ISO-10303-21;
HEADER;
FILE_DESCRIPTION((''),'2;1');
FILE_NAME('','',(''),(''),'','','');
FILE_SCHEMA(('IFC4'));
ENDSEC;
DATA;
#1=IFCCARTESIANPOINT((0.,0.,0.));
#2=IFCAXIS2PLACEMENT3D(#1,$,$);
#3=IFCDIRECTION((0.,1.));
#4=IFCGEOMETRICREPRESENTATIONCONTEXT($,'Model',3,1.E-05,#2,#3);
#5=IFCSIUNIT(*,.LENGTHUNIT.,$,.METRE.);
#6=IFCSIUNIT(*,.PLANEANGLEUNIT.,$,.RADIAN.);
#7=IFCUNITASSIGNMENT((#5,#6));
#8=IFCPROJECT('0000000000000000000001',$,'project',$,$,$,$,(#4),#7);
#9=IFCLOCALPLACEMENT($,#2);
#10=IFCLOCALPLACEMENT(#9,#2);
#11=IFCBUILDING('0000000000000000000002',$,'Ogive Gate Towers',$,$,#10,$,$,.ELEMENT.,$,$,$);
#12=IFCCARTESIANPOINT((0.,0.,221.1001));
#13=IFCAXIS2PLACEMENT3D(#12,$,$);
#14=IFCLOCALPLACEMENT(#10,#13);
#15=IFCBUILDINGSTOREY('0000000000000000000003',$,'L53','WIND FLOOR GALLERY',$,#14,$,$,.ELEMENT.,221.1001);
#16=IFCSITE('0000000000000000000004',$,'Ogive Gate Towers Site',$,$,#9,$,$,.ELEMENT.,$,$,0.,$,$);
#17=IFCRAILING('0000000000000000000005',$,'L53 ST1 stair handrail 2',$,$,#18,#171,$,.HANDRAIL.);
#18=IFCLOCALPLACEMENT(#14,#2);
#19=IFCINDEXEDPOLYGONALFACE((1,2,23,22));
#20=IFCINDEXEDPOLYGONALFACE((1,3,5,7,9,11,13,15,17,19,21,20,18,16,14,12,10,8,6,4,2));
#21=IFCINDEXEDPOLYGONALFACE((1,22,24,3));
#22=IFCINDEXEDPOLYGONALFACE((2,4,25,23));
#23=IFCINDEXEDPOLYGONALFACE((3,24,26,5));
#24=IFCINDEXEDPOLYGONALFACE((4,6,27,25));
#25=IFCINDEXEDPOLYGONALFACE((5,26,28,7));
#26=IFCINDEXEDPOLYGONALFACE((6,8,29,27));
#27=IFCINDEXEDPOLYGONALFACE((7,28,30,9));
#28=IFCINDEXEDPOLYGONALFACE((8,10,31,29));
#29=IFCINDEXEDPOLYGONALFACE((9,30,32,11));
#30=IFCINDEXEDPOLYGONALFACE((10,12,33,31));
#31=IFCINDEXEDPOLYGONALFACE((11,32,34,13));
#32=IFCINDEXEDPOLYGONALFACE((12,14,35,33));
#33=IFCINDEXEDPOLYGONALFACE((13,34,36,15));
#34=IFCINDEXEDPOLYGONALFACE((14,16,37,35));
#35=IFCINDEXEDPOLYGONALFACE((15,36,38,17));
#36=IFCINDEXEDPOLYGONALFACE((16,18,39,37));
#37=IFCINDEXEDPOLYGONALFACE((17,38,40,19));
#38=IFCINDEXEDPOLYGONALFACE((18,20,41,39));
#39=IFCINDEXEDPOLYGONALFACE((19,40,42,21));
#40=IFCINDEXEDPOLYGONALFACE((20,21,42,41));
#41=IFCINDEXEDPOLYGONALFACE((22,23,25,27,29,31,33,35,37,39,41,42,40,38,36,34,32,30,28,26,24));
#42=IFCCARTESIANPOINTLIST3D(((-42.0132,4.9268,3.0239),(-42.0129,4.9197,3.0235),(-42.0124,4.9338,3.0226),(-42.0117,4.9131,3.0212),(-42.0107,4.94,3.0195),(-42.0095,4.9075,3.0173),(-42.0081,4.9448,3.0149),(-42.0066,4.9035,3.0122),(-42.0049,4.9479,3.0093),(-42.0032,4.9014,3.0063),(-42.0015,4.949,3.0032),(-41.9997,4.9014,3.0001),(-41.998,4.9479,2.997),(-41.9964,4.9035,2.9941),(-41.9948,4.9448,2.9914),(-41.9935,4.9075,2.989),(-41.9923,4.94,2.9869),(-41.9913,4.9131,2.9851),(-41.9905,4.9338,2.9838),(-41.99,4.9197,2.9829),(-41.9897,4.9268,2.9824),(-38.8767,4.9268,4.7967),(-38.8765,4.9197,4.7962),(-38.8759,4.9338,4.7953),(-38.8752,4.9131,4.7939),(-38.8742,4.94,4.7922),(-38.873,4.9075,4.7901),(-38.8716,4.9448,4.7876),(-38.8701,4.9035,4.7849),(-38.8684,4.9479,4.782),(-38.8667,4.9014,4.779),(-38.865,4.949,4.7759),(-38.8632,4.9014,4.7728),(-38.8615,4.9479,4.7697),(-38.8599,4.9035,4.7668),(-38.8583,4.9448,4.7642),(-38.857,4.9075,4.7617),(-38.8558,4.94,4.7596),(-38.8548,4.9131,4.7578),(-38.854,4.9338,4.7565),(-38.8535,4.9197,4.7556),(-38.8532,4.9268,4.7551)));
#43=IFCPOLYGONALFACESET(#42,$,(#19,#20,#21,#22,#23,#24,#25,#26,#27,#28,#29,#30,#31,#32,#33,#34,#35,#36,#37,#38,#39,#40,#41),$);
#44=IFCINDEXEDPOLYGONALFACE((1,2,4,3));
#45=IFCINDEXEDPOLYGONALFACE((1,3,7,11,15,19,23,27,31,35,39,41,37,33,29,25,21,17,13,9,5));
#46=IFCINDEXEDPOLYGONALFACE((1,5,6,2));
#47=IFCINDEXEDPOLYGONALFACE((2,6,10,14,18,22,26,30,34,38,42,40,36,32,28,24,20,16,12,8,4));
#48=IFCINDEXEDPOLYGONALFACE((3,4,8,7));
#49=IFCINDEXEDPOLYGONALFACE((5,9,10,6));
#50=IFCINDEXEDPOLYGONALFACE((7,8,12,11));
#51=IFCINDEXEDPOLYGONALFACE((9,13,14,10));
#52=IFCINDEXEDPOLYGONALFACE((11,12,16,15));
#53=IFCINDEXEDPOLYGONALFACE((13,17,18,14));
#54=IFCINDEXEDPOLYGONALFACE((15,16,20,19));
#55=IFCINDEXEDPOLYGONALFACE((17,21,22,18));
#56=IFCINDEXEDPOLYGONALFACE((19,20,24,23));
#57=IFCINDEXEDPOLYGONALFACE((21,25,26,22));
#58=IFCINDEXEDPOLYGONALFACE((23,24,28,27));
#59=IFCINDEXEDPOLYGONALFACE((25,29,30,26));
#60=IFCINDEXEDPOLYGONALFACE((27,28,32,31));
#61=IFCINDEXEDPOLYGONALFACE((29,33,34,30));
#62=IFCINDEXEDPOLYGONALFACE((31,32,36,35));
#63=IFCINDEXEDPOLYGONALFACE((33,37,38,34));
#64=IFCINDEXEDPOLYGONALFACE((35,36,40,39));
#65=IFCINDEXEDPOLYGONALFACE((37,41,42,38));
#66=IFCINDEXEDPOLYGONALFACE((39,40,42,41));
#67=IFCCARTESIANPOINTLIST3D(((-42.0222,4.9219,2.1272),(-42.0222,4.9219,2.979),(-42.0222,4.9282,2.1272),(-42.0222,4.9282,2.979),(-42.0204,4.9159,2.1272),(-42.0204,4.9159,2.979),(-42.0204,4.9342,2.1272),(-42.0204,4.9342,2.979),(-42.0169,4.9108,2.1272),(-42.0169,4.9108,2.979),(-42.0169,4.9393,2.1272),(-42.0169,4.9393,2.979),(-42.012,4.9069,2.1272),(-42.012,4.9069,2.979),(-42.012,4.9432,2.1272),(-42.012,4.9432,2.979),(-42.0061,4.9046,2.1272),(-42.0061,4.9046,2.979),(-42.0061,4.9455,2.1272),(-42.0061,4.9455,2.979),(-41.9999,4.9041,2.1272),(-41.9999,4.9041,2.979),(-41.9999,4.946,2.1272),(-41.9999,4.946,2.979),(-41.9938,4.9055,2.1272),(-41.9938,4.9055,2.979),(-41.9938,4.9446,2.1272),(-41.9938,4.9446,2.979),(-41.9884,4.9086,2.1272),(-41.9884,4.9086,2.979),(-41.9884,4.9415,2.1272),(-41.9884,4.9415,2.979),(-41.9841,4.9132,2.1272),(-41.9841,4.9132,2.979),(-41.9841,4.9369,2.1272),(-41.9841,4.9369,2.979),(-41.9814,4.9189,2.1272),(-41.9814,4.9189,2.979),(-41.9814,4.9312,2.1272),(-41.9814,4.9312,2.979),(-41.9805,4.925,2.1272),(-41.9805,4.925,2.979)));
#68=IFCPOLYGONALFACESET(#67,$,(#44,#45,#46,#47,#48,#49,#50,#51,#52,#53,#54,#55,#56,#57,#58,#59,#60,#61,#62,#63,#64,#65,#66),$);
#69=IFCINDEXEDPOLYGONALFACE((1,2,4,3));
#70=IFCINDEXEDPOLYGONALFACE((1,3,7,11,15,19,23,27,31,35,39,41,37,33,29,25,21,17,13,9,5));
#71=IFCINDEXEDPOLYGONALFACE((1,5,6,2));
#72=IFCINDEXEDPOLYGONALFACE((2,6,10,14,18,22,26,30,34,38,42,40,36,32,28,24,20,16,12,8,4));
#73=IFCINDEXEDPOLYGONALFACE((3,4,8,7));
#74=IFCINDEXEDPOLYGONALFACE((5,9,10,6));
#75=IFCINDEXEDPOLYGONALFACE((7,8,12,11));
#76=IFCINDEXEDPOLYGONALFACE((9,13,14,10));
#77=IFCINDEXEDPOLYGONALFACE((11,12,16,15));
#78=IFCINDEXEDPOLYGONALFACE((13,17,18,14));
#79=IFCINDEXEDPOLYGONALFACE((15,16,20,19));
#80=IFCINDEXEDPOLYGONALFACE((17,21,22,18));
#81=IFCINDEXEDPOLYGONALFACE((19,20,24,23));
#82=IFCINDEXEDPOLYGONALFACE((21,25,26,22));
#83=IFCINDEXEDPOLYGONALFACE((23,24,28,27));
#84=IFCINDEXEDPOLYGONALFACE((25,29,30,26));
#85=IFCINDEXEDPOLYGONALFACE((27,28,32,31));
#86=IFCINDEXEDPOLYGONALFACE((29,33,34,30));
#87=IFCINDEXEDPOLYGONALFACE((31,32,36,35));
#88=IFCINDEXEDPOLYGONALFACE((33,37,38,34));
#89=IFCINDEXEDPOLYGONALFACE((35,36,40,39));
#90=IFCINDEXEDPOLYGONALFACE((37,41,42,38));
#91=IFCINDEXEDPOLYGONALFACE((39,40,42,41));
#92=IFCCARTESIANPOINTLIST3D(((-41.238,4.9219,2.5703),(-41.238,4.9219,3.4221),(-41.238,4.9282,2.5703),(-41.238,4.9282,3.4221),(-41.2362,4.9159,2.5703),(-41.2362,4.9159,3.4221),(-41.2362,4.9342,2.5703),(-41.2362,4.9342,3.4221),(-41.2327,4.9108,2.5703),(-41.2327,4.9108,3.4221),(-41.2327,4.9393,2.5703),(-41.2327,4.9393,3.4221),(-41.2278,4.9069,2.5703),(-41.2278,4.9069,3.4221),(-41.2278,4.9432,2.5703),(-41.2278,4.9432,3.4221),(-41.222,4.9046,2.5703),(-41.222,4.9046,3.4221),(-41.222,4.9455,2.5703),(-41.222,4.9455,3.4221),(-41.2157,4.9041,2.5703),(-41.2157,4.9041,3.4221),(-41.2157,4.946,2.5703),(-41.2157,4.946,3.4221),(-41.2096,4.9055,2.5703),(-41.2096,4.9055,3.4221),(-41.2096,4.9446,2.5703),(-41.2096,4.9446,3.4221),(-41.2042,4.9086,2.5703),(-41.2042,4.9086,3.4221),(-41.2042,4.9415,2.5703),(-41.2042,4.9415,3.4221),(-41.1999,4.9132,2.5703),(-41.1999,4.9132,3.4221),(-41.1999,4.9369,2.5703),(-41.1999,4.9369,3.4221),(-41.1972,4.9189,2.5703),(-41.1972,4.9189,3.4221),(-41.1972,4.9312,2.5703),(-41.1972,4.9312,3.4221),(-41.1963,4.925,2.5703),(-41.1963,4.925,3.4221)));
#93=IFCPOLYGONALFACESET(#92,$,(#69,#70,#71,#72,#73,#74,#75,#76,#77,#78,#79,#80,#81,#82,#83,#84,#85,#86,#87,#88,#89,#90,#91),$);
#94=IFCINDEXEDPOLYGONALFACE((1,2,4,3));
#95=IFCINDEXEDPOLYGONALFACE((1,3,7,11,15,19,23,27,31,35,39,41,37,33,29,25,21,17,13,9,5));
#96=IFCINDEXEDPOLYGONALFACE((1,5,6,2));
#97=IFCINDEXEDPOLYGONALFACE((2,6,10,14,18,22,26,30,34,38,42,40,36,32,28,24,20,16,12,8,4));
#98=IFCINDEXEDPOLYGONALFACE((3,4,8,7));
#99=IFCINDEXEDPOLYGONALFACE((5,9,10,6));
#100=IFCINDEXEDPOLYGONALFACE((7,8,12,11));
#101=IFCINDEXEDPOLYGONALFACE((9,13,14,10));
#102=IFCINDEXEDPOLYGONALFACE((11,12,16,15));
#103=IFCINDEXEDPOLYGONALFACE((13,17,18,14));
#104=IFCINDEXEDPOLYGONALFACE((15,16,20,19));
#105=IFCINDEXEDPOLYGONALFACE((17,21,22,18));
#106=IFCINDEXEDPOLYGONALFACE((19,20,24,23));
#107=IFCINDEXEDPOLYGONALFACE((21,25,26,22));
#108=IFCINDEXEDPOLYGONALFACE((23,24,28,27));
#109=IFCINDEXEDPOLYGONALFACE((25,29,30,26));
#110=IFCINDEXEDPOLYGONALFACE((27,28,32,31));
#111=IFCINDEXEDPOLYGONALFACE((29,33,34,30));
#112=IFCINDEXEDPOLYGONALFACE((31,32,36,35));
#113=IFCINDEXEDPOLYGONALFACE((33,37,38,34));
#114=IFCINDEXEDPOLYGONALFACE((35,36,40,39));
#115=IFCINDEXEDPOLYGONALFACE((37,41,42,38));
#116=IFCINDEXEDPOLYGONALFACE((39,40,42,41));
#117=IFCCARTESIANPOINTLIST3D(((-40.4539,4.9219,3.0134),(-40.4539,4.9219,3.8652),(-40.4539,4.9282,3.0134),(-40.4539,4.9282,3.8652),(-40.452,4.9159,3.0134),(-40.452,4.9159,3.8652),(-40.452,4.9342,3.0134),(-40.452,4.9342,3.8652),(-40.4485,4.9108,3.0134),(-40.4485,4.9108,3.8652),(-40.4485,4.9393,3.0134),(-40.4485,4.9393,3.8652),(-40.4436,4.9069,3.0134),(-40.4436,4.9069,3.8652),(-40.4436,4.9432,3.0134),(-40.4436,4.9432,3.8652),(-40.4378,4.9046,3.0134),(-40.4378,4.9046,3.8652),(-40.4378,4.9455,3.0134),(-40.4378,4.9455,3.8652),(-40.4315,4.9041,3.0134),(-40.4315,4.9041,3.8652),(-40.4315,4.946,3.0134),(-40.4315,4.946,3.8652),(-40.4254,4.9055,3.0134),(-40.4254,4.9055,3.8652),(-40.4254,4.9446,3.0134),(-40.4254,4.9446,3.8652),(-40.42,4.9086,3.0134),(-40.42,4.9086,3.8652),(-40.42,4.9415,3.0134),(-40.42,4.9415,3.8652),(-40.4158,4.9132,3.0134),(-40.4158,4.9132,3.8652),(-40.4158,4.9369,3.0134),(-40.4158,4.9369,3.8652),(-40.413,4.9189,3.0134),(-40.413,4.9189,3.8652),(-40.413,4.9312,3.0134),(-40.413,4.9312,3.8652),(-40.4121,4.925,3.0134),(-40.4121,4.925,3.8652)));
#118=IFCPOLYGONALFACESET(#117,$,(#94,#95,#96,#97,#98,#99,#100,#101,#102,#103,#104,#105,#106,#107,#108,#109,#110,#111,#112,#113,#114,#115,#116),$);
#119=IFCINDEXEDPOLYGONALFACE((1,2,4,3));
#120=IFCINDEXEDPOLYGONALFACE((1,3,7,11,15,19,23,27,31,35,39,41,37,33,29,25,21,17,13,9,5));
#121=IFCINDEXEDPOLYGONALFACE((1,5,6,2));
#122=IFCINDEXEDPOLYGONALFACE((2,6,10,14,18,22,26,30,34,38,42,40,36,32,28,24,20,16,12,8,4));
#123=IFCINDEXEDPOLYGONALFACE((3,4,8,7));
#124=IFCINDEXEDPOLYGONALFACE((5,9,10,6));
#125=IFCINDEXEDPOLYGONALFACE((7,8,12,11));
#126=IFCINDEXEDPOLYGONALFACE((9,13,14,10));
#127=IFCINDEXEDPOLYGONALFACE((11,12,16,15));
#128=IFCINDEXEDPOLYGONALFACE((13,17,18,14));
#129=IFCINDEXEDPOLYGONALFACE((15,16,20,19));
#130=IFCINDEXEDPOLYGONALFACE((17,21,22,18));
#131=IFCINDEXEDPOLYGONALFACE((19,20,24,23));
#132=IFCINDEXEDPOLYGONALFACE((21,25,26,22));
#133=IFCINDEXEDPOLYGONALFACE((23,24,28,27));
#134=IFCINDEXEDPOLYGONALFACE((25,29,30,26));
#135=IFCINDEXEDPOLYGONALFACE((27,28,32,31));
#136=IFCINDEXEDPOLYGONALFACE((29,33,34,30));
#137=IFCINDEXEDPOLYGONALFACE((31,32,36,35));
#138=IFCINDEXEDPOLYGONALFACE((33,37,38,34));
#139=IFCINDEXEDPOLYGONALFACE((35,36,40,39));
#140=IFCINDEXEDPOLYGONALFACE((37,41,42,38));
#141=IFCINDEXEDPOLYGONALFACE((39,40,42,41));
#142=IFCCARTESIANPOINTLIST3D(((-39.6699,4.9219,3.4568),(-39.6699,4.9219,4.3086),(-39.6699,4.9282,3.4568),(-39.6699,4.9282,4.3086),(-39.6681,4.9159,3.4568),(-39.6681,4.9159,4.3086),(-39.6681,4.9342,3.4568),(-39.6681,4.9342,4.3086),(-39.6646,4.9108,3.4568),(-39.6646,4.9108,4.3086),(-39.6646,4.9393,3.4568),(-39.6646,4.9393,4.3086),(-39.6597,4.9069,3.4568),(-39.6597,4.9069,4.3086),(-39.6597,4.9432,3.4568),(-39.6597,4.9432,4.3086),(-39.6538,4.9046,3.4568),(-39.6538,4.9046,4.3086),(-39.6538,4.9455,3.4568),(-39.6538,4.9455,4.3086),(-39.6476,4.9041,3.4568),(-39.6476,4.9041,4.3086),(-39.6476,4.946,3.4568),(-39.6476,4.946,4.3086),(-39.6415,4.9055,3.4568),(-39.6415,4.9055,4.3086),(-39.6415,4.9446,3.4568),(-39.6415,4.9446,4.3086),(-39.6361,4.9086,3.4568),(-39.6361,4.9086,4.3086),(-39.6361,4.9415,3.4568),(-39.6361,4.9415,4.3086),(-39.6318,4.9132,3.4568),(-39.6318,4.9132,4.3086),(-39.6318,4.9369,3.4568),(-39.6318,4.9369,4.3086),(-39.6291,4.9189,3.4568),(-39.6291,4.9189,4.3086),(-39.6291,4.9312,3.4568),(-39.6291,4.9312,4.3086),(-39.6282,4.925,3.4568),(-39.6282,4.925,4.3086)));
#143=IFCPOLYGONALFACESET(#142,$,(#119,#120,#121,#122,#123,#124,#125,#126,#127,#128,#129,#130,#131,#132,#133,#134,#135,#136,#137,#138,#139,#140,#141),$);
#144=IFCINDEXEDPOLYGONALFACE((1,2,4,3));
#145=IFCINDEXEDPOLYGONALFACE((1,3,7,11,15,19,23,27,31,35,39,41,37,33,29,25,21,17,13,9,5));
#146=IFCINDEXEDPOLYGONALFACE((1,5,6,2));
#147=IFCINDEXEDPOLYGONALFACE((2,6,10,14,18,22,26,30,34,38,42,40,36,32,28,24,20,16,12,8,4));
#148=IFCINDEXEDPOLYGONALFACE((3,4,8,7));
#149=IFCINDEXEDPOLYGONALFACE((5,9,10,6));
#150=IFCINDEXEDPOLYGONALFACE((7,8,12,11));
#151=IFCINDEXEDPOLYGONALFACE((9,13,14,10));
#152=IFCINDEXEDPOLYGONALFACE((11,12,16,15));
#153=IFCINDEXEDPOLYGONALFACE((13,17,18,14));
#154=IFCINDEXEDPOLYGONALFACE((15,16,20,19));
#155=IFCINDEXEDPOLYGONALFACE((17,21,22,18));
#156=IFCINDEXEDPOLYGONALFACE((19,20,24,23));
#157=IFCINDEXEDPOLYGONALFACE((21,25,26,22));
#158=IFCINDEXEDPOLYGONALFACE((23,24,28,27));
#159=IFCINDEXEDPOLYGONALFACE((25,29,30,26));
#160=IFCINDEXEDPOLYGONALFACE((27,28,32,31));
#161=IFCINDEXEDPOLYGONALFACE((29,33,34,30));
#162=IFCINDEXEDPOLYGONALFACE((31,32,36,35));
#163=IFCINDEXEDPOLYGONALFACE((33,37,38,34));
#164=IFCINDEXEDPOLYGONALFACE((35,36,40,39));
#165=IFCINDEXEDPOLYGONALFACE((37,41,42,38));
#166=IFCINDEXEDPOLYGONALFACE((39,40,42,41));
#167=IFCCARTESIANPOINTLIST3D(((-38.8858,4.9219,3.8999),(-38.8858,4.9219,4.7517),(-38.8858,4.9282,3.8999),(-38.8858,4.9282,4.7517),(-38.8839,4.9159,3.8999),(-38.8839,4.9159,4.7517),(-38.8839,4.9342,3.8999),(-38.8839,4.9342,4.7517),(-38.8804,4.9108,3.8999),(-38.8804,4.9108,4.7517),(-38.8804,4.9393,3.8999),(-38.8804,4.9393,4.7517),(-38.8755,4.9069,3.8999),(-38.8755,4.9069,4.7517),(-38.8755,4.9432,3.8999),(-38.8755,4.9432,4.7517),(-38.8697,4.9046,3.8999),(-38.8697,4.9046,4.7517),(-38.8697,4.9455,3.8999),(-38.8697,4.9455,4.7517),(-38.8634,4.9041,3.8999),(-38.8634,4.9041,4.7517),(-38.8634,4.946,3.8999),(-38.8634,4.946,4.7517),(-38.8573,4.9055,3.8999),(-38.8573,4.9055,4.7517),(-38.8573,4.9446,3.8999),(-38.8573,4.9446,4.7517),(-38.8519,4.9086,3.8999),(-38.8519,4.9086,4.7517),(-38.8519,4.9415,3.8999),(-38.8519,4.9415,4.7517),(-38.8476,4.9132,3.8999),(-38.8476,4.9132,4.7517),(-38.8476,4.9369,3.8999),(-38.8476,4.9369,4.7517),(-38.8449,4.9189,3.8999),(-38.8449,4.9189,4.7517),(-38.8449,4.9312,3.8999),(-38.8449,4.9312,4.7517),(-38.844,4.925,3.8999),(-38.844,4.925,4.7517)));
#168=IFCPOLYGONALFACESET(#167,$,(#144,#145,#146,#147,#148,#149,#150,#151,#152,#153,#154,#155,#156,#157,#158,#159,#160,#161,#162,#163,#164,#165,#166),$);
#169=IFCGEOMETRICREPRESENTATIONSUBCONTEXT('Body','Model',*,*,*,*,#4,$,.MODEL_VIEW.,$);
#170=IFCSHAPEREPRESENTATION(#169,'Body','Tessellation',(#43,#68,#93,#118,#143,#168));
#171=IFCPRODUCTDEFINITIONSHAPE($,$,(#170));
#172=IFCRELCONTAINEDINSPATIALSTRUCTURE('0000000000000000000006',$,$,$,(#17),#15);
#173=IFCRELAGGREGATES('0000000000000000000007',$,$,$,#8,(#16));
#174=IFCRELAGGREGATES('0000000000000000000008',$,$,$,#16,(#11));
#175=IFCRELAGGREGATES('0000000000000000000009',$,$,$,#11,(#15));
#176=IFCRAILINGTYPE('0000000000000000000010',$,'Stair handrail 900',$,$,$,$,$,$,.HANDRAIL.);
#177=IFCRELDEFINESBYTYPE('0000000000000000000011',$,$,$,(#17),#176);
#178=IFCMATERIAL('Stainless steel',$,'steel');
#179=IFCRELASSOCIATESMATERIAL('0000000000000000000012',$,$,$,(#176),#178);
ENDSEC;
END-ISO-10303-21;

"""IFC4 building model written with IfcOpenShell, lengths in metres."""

from ifc_helpers import new_model, si_unit, direction, frame, origin, origin_2d, place, context, subcontext, project, spatial, circle, extrude, material, type_object, element, save


model = new_model("IFC4")

# Units and contexts
model_context = context("Model", 3, precision=1e-05, world=origin(), true_north=direction((0.0, 1.0)))
body_context = subcontext(model_context, "Body", "Model", "MODEL_VIEW")
ifc_project = project(units=[si_unit("LENGTHUNIT", "METRE"), si_unit("PLANEANGLEUNIT", "RADIAN")], contexts=[model_context])

# Site, building, storey
site_placement = place(None, origin())
site = spatial("IfcSite", under=ifc_project, at=site_placement, Name="Ogive Gate Towers Site", CompositionType="ELEMENT", RefElevation=0.0)
building_placement = place(site_placement, origin())
building = spatial("IfcBuilding", under=site, at=building_placement, Name="Ogive Gate Towers", CompositionType="ELEMENT")
storey_placement = place(building_placement, frame((0.0, 0.0, 221.1001)))
storey = spatial("IfcBuildingStorey", under=building, at=storey_placement, Name="L53", Description="WIND FLOOR GALLERY", CompositionType="ELEMENT", Elevation=221.1001)

# Railing
ifc_material_1 = material(Name="Stainless steel", Category="steel")
railing_type_1 = type_object("IfcRailingType", Name="Stair handrail 900", PredefinedType="HANDRAIL", material=ifc_material_1)
railing_1_placement = place(storey_placement, frame((-42.0015, 4.925, 2.1272)))
element("IfcRailing", 1, at=railing_1_placement, inside=storey, type_object=railing_type_1, Name="L53 ST1 stair handrail 2", PredefinedType="HANDRAIL", context=body_context, shape_type="SweptSolid", body=[
    extrude(circle(Radius=0.0239, at=origin_2d()), frame((0.0, 0.0, 0.876), z_axis=(0.870573, 0.0, 0.492039), x_axis=(0.0, 1.0, 0.0)), (0.0, 0.0, 1.0), 3.6028),
    extrude(circle(Radius=0.021, at=origin_2d()), origin(), (0.0, 0.0, 1.0), 0.8518),
    extrude(circle(Radius=0.021, at=origin_2d()), frame((0.7842, 0.0, 0.4431)), (0.0, 0.0, 1.0), 0.8518),
    extrude(circle(Radius=0.021, at=origin_2d()), frame((1.5684, 0.0, 0.8862)), (0.0, 0.0, 1.0), 0.8518),
    extrude(circle(Radius=0.021, at=origin_2d()), frame((2.3523, 0.0, 1.3296)), (0.0, 0.0, 1.0), 0.8518),
    extrude(circle(Radius=0.021, at=origin_2d()), frame((3.1365, 0.0, 1.7727)), (0.0, 0.0, 1.0), 0.8518),
])

save(model, "model.ifc")
